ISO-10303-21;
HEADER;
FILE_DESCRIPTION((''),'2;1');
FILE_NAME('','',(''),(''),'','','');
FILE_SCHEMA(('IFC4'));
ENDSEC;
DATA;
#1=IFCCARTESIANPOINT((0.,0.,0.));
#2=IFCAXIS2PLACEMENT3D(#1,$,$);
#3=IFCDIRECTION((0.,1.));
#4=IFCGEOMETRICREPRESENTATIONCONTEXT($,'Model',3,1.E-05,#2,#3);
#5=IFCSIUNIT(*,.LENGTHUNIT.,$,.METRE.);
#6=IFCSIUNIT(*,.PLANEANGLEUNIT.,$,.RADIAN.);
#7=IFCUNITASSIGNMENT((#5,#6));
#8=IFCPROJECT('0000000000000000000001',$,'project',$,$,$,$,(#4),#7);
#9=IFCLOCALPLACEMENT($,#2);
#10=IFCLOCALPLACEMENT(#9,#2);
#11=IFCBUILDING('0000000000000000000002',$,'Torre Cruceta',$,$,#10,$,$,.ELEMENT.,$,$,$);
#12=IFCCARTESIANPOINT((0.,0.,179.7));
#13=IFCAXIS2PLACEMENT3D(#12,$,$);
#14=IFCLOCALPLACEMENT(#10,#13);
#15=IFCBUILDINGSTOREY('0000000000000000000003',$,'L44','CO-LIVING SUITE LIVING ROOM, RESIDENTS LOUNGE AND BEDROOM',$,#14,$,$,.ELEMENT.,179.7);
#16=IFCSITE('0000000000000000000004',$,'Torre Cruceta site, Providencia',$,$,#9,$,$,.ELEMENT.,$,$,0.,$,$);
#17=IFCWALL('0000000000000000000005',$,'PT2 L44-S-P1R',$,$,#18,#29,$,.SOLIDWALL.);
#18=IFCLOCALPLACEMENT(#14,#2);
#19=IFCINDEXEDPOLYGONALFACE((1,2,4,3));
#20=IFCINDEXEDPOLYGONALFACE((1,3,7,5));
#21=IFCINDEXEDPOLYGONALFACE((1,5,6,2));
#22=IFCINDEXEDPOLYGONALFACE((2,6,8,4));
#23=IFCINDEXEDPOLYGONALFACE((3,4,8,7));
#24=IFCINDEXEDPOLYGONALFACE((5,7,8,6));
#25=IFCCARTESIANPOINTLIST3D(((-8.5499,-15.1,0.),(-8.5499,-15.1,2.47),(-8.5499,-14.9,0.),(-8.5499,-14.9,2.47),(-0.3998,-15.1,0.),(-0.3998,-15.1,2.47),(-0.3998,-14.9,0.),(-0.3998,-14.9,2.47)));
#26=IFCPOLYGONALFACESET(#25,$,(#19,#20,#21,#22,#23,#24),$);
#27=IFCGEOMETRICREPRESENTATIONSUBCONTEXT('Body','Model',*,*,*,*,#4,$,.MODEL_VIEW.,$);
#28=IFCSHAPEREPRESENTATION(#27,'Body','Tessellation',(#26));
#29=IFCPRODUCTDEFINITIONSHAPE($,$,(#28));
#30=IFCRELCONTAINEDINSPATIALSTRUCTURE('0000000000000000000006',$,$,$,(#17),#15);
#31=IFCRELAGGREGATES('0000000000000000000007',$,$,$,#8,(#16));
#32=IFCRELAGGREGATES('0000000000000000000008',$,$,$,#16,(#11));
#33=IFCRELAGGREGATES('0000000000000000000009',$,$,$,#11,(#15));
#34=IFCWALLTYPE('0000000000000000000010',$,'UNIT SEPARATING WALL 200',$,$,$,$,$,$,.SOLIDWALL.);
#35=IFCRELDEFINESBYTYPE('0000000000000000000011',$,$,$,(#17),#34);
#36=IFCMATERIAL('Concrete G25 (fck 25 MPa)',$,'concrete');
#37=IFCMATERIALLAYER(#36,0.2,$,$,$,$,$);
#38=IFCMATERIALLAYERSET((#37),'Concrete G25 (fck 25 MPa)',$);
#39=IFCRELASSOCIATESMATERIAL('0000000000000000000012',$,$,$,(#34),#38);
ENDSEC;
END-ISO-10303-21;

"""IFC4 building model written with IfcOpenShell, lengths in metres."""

from ifc_helpers import new_model, si_unit, direction, frame, frame_2d, origin, place, context, subcontext, project, spatial, rectangle, extrude, material, layer, layer_set, type_object, element, save


model = new_model("IFC4")

# Units and contexts
model_context = context("Model", 3, precision=1e-05, world=origin(), true_north=direction((0.0, 1.0)))
body_context = subcontext(model_context, "Body", "Model", "MODEL_VIEW")
ifc_project = project(units=[si_unit("LENGTHUNIT", "METRE"), si_unit("PLANEANGLEUNIT", "RADIAN")], contexts=[model_context])

# Site, building, storey
site_placement = place(None, origin())
site = spatial("IfcSite", under=ifc_project, at=site_placement, Name="Torre Cruceta site, Providencia", CompositionType="ELEMENT", RefElevation=0.0)
building_placement = place(site_placement, origin())
building = spatial("IfcBuilding", under=site, at=building_placement, Name="Torre Cruceta", CompositionType="ELEMENT")
storey_placement = place(building_placement, frame((0.0, 0.0, 179.7)))
storey = spatial("IfcBuildingStorey", under=building, at=storey_placement, Name="L44", Description="CO-LIVING SUITE LIVING ROOM, RESIDENTS LOUNGE AND BEDROOM", CompositionType="ELEMENT", Elevation=179.7)

# Wall
ifc_material_1 = material(Name="Concrete G25 (fck 25 MPa)", Category="concrete")
ifc_layer_1 = layer(ifc_material_1, 0.2)
ifc_layer_set_1 = layer_set([ifc_layer_1], Name="Concrete G25 (fck 25 MPa)")
wall_type_1 = type_object("IfcWallType", Name="UNIT SEPARATING WALL 200", PredefinedType="SOLIDWALL", material=ifc_layer_set_1)
wall_1_placement = place(storey_placement, frame((-8.55, -15.0, 0.0), z_axis=(0.0, 0.0, 1.0), x_axis=(1.0, 0.0, 0.0)))
element("IfcWall", 1, at=wall_1_placement, inside=storey, type_object=wall_type_1, Name="PT2 L44-S-P1R", PredefinedType="SOLIDWALL", context=body_context, shape_type="SweptSolid", body=[
    extrude(rectangle(XDim=8.1501, YDim=0.2, at=frame_2d((4.0752, 0.0))), origin(), (0.0, 0.0, 1.0), 2.47),
])

save(model, "model.ifc")
